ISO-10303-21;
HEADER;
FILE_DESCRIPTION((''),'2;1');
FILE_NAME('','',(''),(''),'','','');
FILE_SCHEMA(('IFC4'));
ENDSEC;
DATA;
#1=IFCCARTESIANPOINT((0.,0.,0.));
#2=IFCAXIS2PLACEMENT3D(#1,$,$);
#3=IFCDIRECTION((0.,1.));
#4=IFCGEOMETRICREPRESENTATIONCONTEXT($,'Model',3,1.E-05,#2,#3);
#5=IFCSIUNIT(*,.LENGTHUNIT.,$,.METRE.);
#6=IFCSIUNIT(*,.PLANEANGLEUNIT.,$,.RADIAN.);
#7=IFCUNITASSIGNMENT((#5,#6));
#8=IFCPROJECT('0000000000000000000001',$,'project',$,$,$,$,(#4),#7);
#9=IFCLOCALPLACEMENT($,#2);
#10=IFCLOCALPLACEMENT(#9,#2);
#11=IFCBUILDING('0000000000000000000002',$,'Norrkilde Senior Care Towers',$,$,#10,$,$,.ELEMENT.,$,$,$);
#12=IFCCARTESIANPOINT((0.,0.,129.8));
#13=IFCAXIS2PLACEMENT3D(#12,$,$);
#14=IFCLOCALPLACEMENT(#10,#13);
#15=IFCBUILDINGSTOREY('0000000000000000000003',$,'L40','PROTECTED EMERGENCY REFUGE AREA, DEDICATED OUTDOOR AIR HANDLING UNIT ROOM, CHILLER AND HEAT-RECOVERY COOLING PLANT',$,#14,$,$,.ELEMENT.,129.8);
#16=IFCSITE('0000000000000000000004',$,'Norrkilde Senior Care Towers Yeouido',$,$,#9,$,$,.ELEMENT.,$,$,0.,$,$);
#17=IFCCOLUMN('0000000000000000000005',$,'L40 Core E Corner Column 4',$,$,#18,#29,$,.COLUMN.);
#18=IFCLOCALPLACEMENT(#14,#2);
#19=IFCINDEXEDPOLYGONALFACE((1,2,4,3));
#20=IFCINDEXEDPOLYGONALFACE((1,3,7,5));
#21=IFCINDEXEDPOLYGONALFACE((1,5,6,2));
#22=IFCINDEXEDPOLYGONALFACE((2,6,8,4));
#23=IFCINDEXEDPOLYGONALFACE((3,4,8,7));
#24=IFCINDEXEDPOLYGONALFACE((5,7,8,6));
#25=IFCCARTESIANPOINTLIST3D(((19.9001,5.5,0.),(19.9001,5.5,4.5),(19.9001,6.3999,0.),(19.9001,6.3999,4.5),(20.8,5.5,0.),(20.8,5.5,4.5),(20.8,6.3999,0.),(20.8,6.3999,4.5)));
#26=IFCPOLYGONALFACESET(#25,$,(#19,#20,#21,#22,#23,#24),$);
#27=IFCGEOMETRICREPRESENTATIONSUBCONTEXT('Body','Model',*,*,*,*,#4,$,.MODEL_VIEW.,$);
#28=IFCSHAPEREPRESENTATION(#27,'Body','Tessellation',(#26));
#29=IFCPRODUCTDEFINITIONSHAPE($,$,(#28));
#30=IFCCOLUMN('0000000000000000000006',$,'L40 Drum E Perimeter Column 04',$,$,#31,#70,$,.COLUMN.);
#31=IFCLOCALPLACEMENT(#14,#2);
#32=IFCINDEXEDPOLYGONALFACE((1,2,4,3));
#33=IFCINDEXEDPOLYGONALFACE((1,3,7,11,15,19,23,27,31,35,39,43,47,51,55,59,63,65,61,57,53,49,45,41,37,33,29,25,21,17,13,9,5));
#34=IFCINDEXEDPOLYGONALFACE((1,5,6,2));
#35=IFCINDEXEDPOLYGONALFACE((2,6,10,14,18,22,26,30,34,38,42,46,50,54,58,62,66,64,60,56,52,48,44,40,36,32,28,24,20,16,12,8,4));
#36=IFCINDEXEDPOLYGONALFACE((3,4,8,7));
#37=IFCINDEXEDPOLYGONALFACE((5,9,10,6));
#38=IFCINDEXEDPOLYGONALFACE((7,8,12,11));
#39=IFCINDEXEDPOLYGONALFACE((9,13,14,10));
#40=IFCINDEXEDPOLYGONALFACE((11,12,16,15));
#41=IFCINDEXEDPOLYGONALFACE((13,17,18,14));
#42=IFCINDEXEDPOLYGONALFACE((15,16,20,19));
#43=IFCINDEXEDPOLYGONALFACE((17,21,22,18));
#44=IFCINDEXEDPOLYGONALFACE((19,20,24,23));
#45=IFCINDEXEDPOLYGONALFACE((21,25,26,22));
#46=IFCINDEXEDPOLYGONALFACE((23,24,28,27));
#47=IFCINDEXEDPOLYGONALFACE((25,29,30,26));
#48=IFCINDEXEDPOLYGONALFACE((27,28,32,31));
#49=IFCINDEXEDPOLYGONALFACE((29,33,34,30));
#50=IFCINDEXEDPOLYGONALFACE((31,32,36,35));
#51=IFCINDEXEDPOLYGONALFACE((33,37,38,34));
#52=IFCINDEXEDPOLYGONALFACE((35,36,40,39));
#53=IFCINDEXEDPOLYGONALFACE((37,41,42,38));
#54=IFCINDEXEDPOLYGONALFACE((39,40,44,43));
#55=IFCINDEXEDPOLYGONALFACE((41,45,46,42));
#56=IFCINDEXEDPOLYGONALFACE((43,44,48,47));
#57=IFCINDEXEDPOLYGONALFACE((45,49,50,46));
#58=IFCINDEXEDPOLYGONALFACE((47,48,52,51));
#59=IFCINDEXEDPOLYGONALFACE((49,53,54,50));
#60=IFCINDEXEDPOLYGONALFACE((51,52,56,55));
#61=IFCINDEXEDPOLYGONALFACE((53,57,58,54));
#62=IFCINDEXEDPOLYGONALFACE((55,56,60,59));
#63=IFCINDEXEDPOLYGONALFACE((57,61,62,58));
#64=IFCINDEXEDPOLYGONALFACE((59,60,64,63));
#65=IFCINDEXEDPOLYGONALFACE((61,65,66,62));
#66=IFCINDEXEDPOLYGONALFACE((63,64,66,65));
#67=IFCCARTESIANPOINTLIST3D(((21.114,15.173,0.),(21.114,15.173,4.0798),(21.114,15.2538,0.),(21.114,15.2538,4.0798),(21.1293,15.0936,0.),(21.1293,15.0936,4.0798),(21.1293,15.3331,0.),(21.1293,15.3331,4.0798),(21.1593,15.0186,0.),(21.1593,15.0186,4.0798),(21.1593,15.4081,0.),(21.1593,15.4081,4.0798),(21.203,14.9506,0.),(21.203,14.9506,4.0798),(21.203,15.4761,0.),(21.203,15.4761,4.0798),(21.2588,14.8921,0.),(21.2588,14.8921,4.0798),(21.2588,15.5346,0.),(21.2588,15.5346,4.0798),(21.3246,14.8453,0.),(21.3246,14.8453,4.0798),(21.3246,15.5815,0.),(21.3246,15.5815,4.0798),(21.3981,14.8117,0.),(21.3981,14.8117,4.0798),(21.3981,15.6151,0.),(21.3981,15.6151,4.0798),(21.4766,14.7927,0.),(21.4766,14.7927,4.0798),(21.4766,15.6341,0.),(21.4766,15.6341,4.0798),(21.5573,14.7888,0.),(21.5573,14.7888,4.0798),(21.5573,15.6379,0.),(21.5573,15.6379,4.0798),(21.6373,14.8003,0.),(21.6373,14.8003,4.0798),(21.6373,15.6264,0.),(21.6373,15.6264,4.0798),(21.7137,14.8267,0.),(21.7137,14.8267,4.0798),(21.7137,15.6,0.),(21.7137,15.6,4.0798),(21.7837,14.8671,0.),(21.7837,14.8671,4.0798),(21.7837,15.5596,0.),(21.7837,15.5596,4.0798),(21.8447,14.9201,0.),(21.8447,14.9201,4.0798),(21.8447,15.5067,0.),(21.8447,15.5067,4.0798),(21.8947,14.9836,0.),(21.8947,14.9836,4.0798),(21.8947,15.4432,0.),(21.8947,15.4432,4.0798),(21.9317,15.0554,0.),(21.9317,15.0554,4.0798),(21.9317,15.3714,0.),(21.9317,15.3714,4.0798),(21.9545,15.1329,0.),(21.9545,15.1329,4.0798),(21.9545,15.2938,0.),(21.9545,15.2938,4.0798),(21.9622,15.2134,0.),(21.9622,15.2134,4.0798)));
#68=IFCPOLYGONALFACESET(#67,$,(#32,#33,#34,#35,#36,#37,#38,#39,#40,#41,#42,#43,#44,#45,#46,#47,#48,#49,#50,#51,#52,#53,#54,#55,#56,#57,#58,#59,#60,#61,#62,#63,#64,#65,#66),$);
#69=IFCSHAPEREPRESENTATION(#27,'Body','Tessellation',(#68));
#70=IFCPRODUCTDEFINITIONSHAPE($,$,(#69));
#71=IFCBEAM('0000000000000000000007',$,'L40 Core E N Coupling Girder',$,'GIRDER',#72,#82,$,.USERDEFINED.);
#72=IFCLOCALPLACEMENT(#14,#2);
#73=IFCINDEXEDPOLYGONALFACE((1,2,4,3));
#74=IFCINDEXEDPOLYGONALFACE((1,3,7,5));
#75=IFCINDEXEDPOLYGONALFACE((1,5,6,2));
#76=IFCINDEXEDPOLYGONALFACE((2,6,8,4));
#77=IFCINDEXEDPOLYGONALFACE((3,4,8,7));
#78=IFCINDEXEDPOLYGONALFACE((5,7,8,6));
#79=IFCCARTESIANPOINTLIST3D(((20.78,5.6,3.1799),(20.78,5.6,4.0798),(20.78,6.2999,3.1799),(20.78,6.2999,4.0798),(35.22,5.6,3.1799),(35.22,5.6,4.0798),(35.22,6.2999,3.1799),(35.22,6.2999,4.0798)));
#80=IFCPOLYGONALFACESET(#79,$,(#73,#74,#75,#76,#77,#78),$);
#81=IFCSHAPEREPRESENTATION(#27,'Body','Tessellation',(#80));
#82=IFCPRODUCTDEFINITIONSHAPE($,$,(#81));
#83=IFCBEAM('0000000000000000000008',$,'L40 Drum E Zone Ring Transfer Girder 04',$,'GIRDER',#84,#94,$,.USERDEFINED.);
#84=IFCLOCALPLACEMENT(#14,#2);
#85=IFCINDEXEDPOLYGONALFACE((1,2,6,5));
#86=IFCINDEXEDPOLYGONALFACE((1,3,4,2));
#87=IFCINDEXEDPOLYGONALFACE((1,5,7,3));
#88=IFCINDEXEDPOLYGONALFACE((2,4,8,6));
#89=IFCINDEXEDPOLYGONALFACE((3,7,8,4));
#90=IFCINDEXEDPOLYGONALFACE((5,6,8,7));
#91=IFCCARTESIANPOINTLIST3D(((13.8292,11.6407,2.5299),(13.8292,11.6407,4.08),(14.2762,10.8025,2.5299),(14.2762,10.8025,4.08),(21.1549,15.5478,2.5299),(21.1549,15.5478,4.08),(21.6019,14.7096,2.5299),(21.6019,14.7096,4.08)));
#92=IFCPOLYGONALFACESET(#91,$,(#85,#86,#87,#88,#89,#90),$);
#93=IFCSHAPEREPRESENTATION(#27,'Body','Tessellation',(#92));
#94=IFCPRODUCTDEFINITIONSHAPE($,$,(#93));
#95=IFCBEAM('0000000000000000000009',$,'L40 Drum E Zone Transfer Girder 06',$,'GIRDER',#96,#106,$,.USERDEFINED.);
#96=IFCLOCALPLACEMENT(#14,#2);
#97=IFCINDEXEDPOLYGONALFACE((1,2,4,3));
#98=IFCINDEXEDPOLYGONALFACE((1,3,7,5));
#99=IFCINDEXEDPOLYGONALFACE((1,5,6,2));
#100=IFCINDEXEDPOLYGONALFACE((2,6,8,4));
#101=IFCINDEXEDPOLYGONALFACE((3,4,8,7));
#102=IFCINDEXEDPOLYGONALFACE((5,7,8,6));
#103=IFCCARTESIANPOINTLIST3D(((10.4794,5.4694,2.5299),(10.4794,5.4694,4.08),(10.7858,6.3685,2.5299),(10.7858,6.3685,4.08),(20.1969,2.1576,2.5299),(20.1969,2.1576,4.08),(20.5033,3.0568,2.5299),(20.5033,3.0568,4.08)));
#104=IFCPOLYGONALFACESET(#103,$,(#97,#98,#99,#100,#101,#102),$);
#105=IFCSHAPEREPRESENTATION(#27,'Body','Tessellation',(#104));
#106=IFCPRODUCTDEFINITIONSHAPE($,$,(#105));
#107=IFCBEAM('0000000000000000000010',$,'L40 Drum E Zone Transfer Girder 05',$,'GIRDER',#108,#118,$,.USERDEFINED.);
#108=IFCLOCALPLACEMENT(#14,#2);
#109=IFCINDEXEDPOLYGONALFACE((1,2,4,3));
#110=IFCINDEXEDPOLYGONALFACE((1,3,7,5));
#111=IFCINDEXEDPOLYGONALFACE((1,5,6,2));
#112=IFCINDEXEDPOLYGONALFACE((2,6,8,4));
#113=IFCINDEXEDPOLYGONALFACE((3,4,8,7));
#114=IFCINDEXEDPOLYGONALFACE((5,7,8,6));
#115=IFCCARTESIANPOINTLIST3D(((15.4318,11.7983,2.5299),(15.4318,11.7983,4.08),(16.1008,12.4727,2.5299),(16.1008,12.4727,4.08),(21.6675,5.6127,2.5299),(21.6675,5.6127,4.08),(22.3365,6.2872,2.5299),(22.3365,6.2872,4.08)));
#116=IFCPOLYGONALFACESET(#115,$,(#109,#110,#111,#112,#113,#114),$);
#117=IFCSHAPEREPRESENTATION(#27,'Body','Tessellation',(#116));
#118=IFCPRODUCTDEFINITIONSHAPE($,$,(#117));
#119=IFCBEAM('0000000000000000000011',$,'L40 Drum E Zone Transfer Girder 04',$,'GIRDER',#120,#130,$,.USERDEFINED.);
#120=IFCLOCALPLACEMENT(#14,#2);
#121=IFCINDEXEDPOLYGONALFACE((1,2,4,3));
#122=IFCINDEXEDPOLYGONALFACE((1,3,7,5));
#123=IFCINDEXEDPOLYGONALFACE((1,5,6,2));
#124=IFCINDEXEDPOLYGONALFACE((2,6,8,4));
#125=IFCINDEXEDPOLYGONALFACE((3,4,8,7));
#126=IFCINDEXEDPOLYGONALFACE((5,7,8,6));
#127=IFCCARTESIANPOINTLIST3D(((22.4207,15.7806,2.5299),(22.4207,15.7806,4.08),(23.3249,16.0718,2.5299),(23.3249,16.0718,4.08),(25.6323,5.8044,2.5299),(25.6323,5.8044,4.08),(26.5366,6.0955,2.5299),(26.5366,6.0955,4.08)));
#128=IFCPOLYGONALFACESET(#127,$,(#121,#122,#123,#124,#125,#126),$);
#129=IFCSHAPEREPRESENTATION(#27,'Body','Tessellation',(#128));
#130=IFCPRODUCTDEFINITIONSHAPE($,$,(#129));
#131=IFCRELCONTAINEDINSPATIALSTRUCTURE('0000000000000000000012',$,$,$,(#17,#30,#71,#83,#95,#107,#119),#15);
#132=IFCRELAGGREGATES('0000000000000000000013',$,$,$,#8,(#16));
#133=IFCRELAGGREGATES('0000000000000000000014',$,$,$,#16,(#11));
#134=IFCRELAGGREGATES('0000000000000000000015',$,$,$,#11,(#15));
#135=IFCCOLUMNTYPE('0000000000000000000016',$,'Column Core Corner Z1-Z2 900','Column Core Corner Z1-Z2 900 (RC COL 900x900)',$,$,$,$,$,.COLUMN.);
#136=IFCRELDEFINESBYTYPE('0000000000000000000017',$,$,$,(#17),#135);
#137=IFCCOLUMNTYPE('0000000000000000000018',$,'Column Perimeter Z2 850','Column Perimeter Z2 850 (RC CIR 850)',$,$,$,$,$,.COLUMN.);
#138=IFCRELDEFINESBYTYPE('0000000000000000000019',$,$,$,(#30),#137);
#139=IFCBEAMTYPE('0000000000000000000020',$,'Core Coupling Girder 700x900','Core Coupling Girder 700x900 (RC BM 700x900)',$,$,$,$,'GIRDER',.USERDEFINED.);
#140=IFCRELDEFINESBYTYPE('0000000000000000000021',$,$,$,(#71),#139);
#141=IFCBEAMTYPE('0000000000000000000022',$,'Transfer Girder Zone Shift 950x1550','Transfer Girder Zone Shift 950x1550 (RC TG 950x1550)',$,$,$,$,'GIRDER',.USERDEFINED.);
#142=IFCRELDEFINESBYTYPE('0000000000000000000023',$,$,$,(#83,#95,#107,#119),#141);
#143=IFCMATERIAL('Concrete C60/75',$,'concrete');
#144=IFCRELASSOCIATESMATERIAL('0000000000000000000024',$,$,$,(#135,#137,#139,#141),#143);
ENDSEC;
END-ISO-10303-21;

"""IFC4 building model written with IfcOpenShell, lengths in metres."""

from ifc_helpers import new_model, si_unit, direction, frame, origin, origin_2d, place, context, subcontext, project, spatial, rectangle, circle, extrude, source, transform, mapped, material, material_profile, profile_set, type_object, type_shapes, element, save


model = new_model("IFC4")

# Units and contexts
model_context = context("Model", 3, precision=1e-05, world=origin(), true_north=direction((0.0, 1.0)))
body_context = subcontext(model_context, "Body", "Model", "MODEL_VIEW")
ifc_project = project(units=[si_unit("LENGTHUNIT", "METRE"), si_unit("PLANEANGLEUNIT", "RADIAN")], contexts=[model_context])

# Site, building, storey
site_placement = place(None, origin())
site = spatial("IfcSite", under=ifc_project, at=site_placement, Name="Norrkilde Senior Care Towers Yeouido", CompositionType="ELEMENT", RefElevation=0.0)
building_placement = place(site_placement, origin())
building = spatial("IfcBuilding", under=site, at=building_placement, Name="Norrkilde Senior Care Towers", CompositionType="ELEMENT")
storey_placement = place(building_placement, frame((0.0, 0.0, 129.8)))
storey = spatial("IfcBuildingStorey", under=building, at=storey_placement, Name="L40", Description="PROTECTED EMERGENCY REFUGE AREA, DEDICATED OUTDOOR AIR HANDLING UNIT ROOM, CHILLER AND HEAT-RECOVERY COOLING PLANT", CompositionType="ELEMENT", Elevation=129.8)

# Columns
ifc_material_1 = material(Name="Concrete C60/75", Category="concrete")
ifc_material_profile_1 = material_profile(ifc_material_1, rectangle(XDim=0.8999, YDim=0.8999, at=origin_2d()), Name="RC COL 900x900")
ifc_profile_set_1 = profile_set([ifc_material_profile_1], Name="Concrete C60/75")
column_type_1 = type_object("IfcColumnType", Name="Column Core Corner Z1-Z2 900", Description="Column Core Corner Z1-Z2 900 (RC COL 900x900)", PredefinedType="COLUMN", material=ifc_profile_set_1)
shared_shape_1 = source(origin(), body_context, "Body", "SweptSolid", [
    extrude(rectangle(XDim=0.8999, YDim=0.8999, at=origin_2d()), origin(), (0.0, 0.0, 1.0), 4.5),
])
type_shapes(column_type_1, [shared_shape_1])
column_1_placement = place(storey_placement, frame((20.3501, 5.95, 0.0), z_axis=(0.0, 0.0, 1.0), x_axis=(1.0, 0.0, 0.0)))
element("IfcColumn", 1, at=column_1_placement, inside=storey, type_object=column_type_1, Name="L40 Core E Corner Column 4", PredefinedType="COLUMN", context=body_context, shape_type="MappedRepresentation", body=[
    mapped(shared_shape_1, transform((0.0, 0.0, 0.0), x_axis=(1.0, 0.0, 0.0), y_axis=(0.0, 1.0, 0.0), z_axis=(0.0, 0.0, 1.0), scale=1.0)),
])
ifc_material_profile_2 = material_profile(ifc_material_1, circle(Radius=0.425, at=origin_2d()), Name="RC CIR 850")
ifc_profile_set_2 = profile_set([ifc_material_profile_2], Name="Concrete C60/75")
column_type_2 = type_object("IfcColumnType", Name="Column Perimeter Z2 850", Description="Column Perimeter Z2 850 (RC CIR 850)", PredefinedType="COLUMN", material=ifc_profile_set_2)
shared_shape_2 = source(origin(), body_context, "Body", "SweptSolid", [
    extrude(circle(Radius=0.425, at=origin_2d()), origin(), (0.0, 0.0, 1.0), 4.0798),
])
type_shapes(column_type_2, [shared_shape_2])
column_2_placement = place(storey_placement, frame((21.5371, 15.2134, 0.0), z_axis=(0.0, 0.0, 1.0), x_axis=(1.0, 0.0, 0.0)))
element("IfcColumn", 2, at=column_2_placement, inside=storey, type_object=column_type_2, Name="L40 Drum E Perimeter Column 04", PredefinedType="COLUMN", context=body_context, shape_type="MappedRepresentation", body=[
    mapped(shared_shape_2, transform((0.0, 0.0, 0.0), x_axis=(1.0, 0.0, 0.0), y_axis=(0.0, 1.0, 0.0), z_axis=(0.0, 0.0, 1.0), scale=1.0)),
])

# Beams
ifc_material_profile_3 = material_profile(ifc_material_1, rectangle(XDim=0.7, YDim=0.8999, at=origin_2d()), Name="RC BM 700x900")
ifc_profile_set_3 = profile_set([ifc_material_profile_3], Name="Concrete C60/75")
beam_type_1 = type_object("IfcBeamType", Name="Core Coupling Girder 700x900", Description="Core Coupling Girder 700x900 (RC BM 700x900)", ElementType="GIRDER", PredefinedType="USERDEFINED", material=ifc_profile_set_3)
shared_shape_3 = source(origin(), body_context, "Body", "SweptSolid", [
    extrude(rectangle(XDim=0.7, YDim=0.8999, at=origin_2d()), origin(), (0.0, 0.0, 1.0), 14.4399),
])
type_shapes(beam_type_1, [shared_shape_3])
beam_1_placement = place(storey_placement, frame((20.78, 5.95, 3.6299), z_axis=(1.0, 0.0, 0.0), x_axis=(0.0, 1.0, 0.0)))
element("IfcBeam", 3, at=beam_1_placement, inside=storey, type_object=beam_type_1, Name="L40 Core E N Coupling Girder", ObjectType="GIRDER", PredefinedType="USERDEFINED", context=body_context, shape_type="MappedRepresentation", body=[
    mapped(shared_shape_3, transform((0.0, 0.0, 0.0), x_axis=(1.0, 0.0, 0.0), y_axis=(0.0, 1.0, 0.0), z_axis=(0.0, 0.0, 1.0), scale=1.0)),
])
ifc_material_profile_4 = material_profile(ifc_material_1, rectangle(XDim=0.95, YDim=1.55, at=origin_2d()), Name="RC TG 950x1550")
ifc_profile_set_4 = profile_set([ifc_material_profile_4], Name="Concrete C60/75")
beam_type_2 = type_object("IfcBeamType", Name="Transfer Girder Zone Shift 950x1550", Description="Transfer Girder Zone Shift 950x1550 (RC TG 950x1550)", ElementType="GIRDER", PredefinedType="USERDEFINED", material=ifc_profile_set_4)
shared_shape_4 = source(origin(), body_context, "Body", "SweptSolid", [
    extrude(rectangle(XDim=0.95, YDim=1.55, at=origin_2d()), origin(), (0.0, 0.0, 1.0), 8.3025),
])
beam_2_placement = place(storey_placement, frame((21.3784, 15.1287, 3.3049), z_axis=(-0.882355, -0.470584, 0.0), x_axis=(0.470584, -0.882355, 0.0)))
element("IfcBeam", 4, at=beam_2_placement, inside=storey, type_object=beam_type_2, Name="L40 Drum E Zone Ring Transfer Girder 04", ObjectType="GIRDER", PredefinedType="USERDEFINED", context=body_context, shape_type="MappedRepresentation", body=[
    mapped(shared_shape_4, transform((0.0, 0.0, 0.0), x_axis=(1.0, 0.0, 0.0), y_axis=(0.0, 1.0, 0.0), z_axis=(0.0, 0.0, 1.0), scale=1.0)),
])
shared_shape_5 = source(origin(), body_context, "Body", "SweptSolid", [
    extrude(rectangle(XDim=0.95, YDim=1.55, at=origin_2d()), origin(), (0.0, 0.0, 1.0), 10.2664),
])
beam_3_placement = place(storey_placement, frame((20.3501, 2.6072, 3.3049), z_axis=(-0.946541, 0.322584, 0.0), x_axis=(-0.322584, -0.946541, 0.0)))
element("IfcBeam", 5, at=beam_3_placement, inside=storey, type_object=beam_type_2, Name="L40 Drum E Zone Transfer Girder 06", ObjectType="GIRDER", PredefinedType="USERDEFINED", context=body_context, shape_type="MappedRepresentation", body=[
    mapped(shared_shape_5, transform((0.0, 0.0, 0.0), x_axis=(1.0, 0.0, 0.0), y_axis=(0.0, 1.0, 0.0), z_axis=(0.0, 0.0, 1.0), scale=1.0)),
])
shared_shape_6 = source(origin(), body_context, "Body", "SweptSolid", [
    extrude(rectangle(XDim=0.95, YDim=1.55, at=origin_2d()), origin(), (0.0, 0.0, 1.0), 8.7832),
])
beam_4_placement = place(storey_placement, frame((22.002, 5.95, 3.3049), z_axis=(-0.70995, 0.704252, 0.0), x_axis=(-0.704252, -0.70995, 0.0)))
element("IfcBeam", 6, at=beam_4_placement, inside=storey, type_object=beam_type_2, Name="L40 Drum E Zone Transfer Girder 05", ObjectType="GIRDER", PredefinedType="USERDEFINED", context=body_context, shape_type="MappedRepresentation", body=[
    mapped(shared_shape_6, transform((0.0, 0.0, 0.0), x_axis=(1.0, 0.0, 0.0), y_axis=(0.0, 1.0, 0.0), z_axis=(0.0, 0.0, 1.0), scale=1.0)),
])
shared_shape_7 = source(origin(), body_context, "Body", "SweptSolid", [
    extrude(rectangle(XDim=0.95, YDim=1.55, at=origin_2d()), origin(), (0.0, 0.0, 1.0), 10.4805),
])
beam_5_placement = place(storey_placement, frame((26.0845, 5.95, 3.3049), z_axis=(-0.306441, 0.95189, 0.0), x_axis=(-0.95189, -0.306441, 0.0)))
element("IfcBeam", 7, at=beam_5_placement, inside=storey, type_object=beam_type_2, Name="L40 Drum E Zone Transfer Girder 04", ObjectType="GIRDER", PredefinedType="USERDEFINED", context=body_context, shape_type="MappedRepresentation", body=[
    mapped(shared_shape_7, transform((0.0, 0.0, 0.0), x_axis=(1.0, 0.0, 0.0), y_axis=(0.0, 1.0, 0.0), z_axis=(0.0, 0.0, 1.0), scale=1.0)),
])

save(model, "model.ifc")
